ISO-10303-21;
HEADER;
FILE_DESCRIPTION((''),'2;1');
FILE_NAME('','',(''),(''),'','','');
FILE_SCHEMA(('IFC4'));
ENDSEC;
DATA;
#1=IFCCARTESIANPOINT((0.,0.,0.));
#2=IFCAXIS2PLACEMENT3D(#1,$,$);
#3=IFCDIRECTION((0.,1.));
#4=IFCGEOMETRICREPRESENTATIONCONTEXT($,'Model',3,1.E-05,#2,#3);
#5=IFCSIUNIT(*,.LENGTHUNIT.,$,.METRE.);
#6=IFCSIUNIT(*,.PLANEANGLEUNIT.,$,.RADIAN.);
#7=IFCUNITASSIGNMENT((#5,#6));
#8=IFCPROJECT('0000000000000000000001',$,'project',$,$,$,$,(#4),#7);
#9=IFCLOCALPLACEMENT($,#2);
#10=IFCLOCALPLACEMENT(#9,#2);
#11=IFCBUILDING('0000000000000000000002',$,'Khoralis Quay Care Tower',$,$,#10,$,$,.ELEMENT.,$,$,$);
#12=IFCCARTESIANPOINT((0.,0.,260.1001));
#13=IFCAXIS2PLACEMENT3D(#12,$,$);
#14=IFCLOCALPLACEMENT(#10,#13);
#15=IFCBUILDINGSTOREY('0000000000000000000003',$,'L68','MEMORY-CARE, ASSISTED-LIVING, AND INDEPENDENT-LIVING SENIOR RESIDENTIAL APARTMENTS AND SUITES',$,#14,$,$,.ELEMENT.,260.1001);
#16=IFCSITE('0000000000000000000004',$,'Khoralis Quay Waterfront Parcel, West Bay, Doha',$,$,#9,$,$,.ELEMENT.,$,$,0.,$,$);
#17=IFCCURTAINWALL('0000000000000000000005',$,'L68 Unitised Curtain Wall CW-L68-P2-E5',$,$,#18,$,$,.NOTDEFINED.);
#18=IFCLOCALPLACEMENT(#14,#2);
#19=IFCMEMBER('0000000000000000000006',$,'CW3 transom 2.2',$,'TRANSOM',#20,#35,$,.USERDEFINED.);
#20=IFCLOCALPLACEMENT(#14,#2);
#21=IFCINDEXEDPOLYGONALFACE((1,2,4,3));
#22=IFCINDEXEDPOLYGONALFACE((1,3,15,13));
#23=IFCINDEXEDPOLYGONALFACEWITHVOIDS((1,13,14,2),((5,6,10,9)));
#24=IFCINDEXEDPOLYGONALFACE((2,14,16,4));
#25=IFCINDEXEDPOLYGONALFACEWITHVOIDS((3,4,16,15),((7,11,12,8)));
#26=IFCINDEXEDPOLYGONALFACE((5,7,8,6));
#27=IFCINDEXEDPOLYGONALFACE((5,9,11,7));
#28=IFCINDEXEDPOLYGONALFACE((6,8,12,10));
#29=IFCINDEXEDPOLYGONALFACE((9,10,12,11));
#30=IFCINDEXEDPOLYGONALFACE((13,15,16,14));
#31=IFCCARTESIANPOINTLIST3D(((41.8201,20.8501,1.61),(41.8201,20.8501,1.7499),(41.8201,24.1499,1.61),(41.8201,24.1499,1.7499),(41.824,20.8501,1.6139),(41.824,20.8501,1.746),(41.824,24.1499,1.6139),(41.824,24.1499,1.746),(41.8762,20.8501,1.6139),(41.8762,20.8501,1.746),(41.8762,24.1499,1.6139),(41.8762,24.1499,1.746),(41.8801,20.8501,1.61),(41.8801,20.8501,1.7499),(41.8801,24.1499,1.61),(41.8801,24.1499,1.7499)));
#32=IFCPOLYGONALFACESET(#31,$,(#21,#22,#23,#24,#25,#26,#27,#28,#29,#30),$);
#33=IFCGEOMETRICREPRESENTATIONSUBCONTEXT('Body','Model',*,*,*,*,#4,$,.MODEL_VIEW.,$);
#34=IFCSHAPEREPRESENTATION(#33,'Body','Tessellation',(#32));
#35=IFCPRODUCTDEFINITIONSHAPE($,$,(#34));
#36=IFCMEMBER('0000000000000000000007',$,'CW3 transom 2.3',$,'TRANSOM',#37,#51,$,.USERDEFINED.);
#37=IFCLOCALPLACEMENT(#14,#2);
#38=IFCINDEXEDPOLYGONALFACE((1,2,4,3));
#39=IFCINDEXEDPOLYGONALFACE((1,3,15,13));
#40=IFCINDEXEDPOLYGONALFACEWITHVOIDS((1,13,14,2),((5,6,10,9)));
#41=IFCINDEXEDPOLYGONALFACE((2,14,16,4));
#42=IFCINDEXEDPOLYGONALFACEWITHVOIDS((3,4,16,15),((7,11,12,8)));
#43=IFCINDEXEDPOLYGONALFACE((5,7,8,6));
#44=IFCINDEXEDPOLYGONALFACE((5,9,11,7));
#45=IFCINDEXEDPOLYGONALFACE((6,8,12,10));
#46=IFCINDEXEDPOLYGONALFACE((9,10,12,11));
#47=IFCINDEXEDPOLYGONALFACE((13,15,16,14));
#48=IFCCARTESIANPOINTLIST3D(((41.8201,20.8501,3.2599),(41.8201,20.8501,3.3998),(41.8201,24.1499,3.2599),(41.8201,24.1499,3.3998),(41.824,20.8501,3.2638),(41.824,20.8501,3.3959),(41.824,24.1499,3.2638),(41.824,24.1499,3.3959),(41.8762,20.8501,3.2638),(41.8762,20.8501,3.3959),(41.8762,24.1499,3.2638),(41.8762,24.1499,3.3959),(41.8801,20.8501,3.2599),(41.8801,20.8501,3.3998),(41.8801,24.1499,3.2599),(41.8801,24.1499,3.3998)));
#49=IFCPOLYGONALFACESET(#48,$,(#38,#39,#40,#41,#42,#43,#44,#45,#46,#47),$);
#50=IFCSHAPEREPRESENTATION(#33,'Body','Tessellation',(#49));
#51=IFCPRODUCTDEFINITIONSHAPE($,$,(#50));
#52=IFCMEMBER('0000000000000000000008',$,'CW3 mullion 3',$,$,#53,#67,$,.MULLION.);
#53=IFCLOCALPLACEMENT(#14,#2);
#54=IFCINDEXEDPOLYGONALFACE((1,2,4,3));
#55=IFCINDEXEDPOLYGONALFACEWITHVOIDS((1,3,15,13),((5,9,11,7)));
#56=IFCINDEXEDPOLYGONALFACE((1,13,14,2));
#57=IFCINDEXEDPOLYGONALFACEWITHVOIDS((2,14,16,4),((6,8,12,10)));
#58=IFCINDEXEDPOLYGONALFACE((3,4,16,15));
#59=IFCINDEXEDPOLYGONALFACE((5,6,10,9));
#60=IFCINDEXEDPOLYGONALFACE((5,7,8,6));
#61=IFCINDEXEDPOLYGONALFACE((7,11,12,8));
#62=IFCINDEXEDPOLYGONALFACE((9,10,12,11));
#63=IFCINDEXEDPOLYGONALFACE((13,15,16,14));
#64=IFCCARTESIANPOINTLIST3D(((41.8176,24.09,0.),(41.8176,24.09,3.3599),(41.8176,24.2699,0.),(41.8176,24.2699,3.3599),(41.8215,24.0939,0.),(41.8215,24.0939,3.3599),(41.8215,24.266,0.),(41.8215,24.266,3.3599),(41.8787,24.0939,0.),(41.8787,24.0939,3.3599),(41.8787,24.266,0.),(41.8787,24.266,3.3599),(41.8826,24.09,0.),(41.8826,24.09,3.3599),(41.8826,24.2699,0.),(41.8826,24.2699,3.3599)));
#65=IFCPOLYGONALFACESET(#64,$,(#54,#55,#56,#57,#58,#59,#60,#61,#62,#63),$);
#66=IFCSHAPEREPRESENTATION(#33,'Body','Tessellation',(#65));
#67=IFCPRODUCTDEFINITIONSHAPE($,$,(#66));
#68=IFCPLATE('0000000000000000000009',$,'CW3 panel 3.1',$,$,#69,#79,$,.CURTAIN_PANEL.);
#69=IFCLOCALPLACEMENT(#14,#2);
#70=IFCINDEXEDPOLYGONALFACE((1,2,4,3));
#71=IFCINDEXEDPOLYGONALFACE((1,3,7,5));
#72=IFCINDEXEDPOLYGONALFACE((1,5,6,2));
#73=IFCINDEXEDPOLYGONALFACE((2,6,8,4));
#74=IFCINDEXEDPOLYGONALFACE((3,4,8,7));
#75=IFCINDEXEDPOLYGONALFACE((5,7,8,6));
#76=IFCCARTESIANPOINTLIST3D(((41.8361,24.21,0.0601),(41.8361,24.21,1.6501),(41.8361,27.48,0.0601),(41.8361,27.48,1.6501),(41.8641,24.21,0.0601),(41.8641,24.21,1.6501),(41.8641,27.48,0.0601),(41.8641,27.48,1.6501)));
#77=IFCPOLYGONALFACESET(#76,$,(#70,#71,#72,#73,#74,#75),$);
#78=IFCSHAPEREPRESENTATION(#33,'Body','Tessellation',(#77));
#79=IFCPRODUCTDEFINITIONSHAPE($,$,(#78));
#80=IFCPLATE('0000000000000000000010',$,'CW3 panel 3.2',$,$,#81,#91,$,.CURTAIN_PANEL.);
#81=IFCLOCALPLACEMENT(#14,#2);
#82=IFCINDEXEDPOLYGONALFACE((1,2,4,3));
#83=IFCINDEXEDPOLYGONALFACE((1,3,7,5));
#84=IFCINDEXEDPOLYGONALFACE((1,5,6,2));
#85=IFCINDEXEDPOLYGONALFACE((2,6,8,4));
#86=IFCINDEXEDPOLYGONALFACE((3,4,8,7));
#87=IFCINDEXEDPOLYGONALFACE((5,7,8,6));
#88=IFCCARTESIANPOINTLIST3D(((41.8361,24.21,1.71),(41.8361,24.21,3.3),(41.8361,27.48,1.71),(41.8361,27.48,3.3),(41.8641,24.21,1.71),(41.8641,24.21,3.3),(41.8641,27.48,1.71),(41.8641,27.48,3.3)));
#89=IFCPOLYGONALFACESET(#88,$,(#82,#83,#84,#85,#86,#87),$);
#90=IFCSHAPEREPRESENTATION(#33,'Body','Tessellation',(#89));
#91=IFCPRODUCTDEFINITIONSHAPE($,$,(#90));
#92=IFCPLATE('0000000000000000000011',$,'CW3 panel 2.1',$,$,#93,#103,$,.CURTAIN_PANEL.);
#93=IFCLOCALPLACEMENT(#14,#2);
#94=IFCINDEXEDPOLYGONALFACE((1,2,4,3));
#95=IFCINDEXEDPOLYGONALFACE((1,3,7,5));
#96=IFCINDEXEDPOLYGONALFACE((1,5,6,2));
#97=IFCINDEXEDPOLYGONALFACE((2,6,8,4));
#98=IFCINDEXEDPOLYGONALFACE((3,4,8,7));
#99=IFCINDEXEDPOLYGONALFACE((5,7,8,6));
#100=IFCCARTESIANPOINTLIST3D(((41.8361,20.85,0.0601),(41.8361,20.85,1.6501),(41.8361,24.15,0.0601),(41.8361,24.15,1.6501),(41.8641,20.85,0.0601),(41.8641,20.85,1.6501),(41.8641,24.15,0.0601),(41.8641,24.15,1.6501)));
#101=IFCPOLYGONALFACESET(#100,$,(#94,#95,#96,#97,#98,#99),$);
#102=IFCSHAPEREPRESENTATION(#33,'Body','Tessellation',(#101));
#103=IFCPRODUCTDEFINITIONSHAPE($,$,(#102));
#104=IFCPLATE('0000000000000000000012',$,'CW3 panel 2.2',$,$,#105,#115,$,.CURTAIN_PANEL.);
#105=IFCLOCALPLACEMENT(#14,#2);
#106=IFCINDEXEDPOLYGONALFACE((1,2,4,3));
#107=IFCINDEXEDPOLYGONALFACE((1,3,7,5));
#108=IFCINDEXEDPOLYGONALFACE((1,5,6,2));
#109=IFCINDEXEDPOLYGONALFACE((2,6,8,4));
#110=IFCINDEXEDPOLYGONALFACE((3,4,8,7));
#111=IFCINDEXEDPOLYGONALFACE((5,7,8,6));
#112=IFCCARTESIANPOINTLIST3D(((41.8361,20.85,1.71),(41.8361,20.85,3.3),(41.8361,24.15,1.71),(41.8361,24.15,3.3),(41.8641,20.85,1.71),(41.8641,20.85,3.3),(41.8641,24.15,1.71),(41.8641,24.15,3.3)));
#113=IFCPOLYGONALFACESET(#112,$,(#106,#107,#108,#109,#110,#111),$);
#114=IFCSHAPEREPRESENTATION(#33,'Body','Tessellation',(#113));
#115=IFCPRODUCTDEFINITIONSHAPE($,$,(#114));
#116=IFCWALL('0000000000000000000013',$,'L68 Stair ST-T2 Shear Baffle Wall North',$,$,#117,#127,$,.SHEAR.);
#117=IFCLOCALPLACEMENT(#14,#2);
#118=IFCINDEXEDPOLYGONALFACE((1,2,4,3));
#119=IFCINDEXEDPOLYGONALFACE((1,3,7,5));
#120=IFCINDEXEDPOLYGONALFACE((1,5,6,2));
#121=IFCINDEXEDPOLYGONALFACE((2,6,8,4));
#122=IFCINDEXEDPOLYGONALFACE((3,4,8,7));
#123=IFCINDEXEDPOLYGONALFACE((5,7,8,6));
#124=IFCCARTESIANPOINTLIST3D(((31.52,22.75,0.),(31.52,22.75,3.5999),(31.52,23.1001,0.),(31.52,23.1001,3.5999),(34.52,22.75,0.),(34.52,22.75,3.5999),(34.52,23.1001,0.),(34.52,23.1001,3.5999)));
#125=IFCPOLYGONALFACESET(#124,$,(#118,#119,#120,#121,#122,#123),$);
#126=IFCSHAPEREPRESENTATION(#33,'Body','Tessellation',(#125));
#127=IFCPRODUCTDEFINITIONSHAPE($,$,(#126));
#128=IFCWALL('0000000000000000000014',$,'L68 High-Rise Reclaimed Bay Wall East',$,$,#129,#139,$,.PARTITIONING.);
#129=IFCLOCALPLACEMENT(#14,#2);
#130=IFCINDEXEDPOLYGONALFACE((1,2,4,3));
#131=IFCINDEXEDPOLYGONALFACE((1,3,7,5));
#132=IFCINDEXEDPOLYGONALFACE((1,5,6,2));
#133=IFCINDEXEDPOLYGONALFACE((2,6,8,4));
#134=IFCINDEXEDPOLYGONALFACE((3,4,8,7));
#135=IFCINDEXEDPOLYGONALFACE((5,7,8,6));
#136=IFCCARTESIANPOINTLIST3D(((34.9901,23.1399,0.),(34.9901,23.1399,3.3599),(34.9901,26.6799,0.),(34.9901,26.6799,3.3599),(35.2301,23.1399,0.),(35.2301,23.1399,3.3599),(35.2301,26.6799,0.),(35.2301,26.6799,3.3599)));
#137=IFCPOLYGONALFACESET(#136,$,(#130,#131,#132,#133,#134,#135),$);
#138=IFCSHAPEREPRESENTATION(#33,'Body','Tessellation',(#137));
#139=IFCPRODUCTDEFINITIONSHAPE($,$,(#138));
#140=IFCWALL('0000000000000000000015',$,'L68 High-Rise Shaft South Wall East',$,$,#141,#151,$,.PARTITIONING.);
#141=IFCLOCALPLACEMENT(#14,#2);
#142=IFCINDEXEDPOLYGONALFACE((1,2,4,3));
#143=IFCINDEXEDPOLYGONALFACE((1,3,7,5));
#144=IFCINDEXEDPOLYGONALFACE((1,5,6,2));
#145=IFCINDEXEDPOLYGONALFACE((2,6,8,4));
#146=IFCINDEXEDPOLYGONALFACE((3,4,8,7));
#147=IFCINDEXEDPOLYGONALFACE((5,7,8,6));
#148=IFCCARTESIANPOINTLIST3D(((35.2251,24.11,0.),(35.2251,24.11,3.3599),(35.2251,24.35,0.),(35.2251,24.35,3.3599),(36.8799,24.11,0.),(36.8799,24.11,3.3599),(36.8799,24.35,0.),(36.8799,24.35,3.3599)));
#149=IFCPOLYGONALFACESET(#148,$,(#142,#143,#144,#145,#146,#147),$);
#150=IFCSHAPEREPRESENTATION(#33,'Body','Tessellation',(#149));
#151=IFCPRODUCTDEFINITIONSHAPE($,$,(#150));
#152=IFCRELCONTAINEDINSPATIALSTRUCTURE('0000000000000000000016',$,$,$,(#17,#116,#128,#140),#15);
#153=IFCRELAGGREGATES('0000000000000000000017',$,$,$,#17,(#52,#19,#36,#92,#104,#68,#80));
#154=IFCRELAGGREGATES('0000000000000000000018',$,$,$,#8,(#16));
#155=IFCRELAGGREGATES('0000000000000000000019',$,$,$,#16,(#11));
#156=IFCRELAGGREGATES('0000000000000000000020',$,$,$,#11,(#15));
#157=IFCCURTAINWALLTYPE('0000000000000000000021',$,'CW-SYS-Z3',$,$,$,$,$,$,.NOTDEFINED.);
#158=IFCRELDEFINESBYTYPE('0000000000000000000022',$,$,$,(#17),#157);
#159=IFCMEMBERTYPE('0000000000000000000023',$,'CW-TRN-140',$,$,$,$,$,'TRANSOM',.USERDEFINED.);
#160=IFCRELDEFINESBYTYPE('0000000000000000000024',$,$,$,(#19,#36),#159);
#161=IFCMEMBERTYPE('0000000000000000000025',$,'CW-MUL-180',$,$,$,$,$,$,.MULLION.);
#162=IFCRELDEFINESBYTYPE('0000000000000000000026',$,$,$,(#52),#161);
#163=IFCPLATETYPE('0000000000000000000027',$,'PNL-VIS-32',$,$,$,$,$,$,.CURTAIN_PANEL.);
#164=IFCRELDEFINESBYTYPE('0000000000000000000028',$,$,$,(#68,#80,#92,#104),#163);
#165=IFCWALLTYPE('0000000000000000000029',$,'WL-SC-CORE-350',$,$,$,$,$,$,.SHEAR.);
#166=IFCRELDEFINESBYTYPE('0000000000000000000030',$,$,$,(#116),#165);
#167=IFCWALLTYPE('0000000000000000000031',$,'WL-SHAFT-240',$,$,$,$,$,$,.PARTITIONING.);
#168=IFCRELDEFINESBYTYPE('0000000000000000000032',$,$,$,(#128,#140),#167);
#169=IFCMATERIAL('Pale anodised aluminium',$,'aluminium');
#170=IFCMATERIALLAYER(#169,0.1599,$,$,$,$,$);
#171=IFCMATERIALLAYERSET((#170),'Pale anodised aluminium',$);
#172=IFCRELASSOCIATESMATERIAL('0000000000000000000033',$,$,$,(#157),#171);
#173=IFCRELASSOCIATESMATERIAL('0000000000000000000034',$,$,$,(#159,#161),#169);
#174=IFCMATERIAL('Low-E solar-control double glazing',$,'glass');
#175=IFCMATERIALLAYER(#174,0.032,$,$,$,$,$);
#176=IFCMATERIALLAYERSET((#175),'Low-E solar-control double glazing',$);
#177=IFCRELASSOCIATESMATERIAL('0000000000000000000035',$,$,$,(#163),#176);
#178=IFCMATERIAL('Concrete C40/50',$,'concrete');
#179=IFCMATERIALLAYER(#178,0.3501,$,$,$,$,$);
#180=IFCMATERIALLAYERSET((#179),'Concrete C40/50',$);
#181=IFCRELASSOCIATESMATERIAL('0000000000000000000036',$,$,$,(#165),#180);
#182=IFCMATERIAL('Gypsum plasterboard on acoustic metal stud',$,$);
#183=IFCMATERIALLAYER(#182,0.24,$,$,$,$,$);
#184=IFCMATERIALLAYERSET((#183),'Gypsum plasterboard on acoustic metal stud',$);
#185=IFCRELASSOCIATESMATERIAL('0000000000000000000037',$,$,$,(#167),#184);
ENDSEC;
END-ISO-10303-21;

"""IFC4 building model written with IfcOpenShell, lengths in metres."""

from ifc_helpers import new_model, si_unit, direction, frame, frame_2d, origin, origin_2d, place, context, subcontext, project, spatial, rectangle, hollow_rectangle, extrude, source, transform, mapped, material, layer, layer_set, material_profile, profile_set, type_object, element, aggregate, save


model = new_model("IFC4")

# Units and contexts
model_context = context("Model", 3, precision=1e-05, world=origin(), true_north=direction((0.0, 1.0)))
body_context = subcontext(model_context, "Body", "Model", "MODEL_VIEW")
ifc_project = project(units=[si_unit("LENGTHUNIT", "METRE"), si_unit("PLANEANGLEUNIT", "RADIAN")], contexts=[model_context])

# Site, building, storey
site_placement = place(None, origin())
site = spatial("IfcSite", under=ifc_project, at=site_placement, Name="Khoralis Quay Waterfront Parcel, West Bay, Doha", CompositionType="ELEMENT", RefElevation=0.0)
building_placement = place(site_placement, origin())
building = spatial("IfcBuilding", under=site, at=building_placement, Name="Khoralis Quay Care Tower", CompositionType="ELEMENT")
storey_placement = place(building_placement, frame((0.0, 0.0, 260.1001)))
storey = spatial("IfcBuildingStorey", under=building, at=storey_placement, Name="L68", Description="MEMORY-CARE, ASSISTED-LIVING, AND INDEPENDENT-LIVING SENIOR RESIDENTIAL APARTMENTS AND SUITES", CompositionType="ELEMENT", Elevation=260.1001)

# Curtain wall, members, plates
ifc_material_1 = material(Name="Pale anodised aluminium", Category="aluminium")
ifc_layer_1 = layer(ifc_material_1, 0.1599)
ifc_layer_set_1 = layer_set([ifc_layer_1], Name="Pale anodised aluminium")
curtain_wall_type = type_object("IfcCurtainWallType", Name="CW-SYS-Z3", PredefinedType="NOTDEFINED", material=ifc_layer_set_1)
curtain_wall_placement = place(storey_placement, origin())
curtain_wall = element("IfcCurtainWall", 1, at=curtain_wall_placement, inside=storey, type_object=curtain_wall_type, Name="L68 Unitised Curtain Wall CW-L68-P2-E5", PredefinedType="NOTDEFINED")
ifc_material_profile_1 = material_profile(ifc_material_1, hollow_rectangle(XDim=0.0601, YDim=0.1399, WallThickness=0.0039, at=origin_2d()), Name="Pale anodised aluminium")
ifc_profile_set_1 = profile_set([ifc_material_profile_1], Name="Pale anodised aluminium")
member_type_1 = type_object("IfcMemberType", Name="CW-TRN-140", ElementType="TRANSOM", PredefinedType="USERDEFINED", material=ifc_profile_set_1)
shared_shape_1 = source(origin(), body_context, "Body", "SweptSolid", [
    extrude(hollow_rectangle(XDim=0.0601, YDim=0.1399, WallThickness=0.0039, at=origin_2d()), origin(), (0.0, 0.0, 1.0), 3.2998),
])
member_1_placement = place(storey_placement, frame((41.8501, 20.8501, 1.6799), z_axis=(0.0, 1.0, 0.0), x_axis=(-1.0, 0.0, 0.0)))
member_1 = element("IfcMember", 2, at=member_1_placement, type_object=member_type_1, Name="CW3 transom 2.2", ObjectType="TRANSOM", PredefinedType="USERDEFINED", context=body_context, shape_type="MappedRepresentation", body=[
    mapped(shared_shape_1, transform((0.0, 0.0, 0.0), scale=1.0)),
])
member_2_placement = place(storey_placement, frame((41.8501, 20.8501, 3.3298), z_axis=(0.0, 1.0, 0.0), x_axis=(-1.0, 0.0, 0.0)))
member_2 = element("IfcMember", 3, at=member_2_placement, type_object=member_type_1, Name="CW3 transom 2.3", ObjectType="TRANSOM", PredefinedType="USERDEFINED", context=body_context, shape_type="MappedRepresentation", body=[
    mapped(shared_shape_1, transform((0.0, 0.0, 0.0), scale=1.0)),
])
ifc_material_profile_2 = material_profile(ifc_material_1, hollow_rectangle(XDim=0.0649, YDim=0.1799, WallThickness=0.0039, at=origin_2d()), Name="Pale anodised aluminium")
ifc_profile_set_2 = profile_set([ifc_material_profile_2], Name="Pale anodised aluminium")
member_type_2 = type_object("IfcMemberType", Name="CW-MUL-180", PredefinedType="MULLION", material=ifc_profile_set_2)
shared_shape_2 = source(origin(), body_context, "Body", "SweptSolid", [
    extrude(hollow_rectangle(XDim=0.0649, YDim=0.1799, WallThickness=0.0039, at=origin_2d()), origin(), (0.0, 0.0, 1.0), 3.3599),
])
member_3_placement = place(storey_placement, frame((41.8501, 24.1799, 0.0), z_axis=(0.0, 0.0, 1.0), x_axis=(-1.0, 0.0, 0.0)))
member_3 = element("IfcMember", 4, at=member_3_placement, type_object=member_type_2, Name="CW3 mullion 3", PredefinedType="MULLION", context=body_context, shape_type="MappedRepresentation", body=[
    mapped(shared_shape_2, transform((0.0, 0.0, 0.0), scale=1.0)),
])
ifc_material_2 = material(Name="Low-E solar-control double glazing", Category="glass")
ifc_layer_2 = layer(ifc_material_2, 0.032)
ifc_layer_set_2 = layer_set([ifc_layer_2], Name="Low-E solar-control double glazing")
plate_type = type_object("IfcPlateType", Name="PNL-VIS-32", PredefinedType="CURTAIN_PANEL", material=ifc_layer_set_2)
shared_shape_3 = source(origin(), body_context, "Body", "SweptSolid", [
    extrude(rectangle(XDim=3.27, YDim=0.0281, at=origin_2d()), origin(), (0.0, 0.0, 1.0), 1.5901),
])
plate_1_placement = place(storey_placement, frame((41.8501, 25.845, 0.0601), z_axis=(0.0, 0.0, 1.0), x_axis=(0.0, 1.0, 0.0)))
plate_1 = element("IfcPlate", 5, at=plate_1_placement, type_object=plate_type, Name="CW3 panel 3.1", PredefinedType="CURTAIN_PANEL", context=body_context, shape_type="MappedRepresentation", body=[
    mapped(shared_shape_3, transform((0.0, 0.0, 0.0), scale=1.0)),
])
plate_2_placement = place(storey_placement, frame((41.8501, 25.845, 1.71), z_axis=(0.0, 0.0, 1.0), x_axis=(0.0, 1.0, 0.0)))
plate_2 = element("IfcPlate", 6, at=plate_2_placement, type_object=plate_type, Name="CW3 panel 3.2", PredefinedType="CURTAIN_PANEL", context=body_context, shape_type="MappedRepresentation", body=[
    mapped(shared_shape_3, transform((0.0, 0.0, 0.0), scale=1.0)),
])
shared_shape_4 = source(origin(), body_context, "Body", "SweptSolid", [
    extrude(rectangle(XDim=3.3, YDim=0.0281, at=origin_2d()), origin(), (0.0, 0.0, 1.0), 1.5901),
])
plate_3_placement = place(storey_placement, frame((41.8501, 22.5, 0.0601), z_axis=(0.0, 0.0, 1.0), x_axis=(0.0, 1.0, 0.0)))
plate_3 = element("IfcPlate", 7, at=plate_3_placement, type_object=plate_type, Name="CW3 panel 2.1", PredefinedType="CURTAIN_PANEL", context=body_context, shape_type="MappedRepresentation", body=[
    mapped(shared_shape_4, transform((0.0, 0.0, 0.0), scale=1.0)),
])
plate_4_placement = place(storey_placement, frame((41.8501, 22.5, 1.71), z_axis=(0.0, 0.0, 1.0), x_axis=(0.0, 1.0, 0.0)))
plate_4 = element("IfcPlate", 8, at=plate_4_placement, type_object=plate_type, Name="CW3 panel 2.2", PredefinedType="CURTAIN_PANEL", context=body_context, shape_type="MappedRepresentation", body=[
    mapped(shared_shape_4, transform((0.0, 0.0, 0.0), scale=1.0)),
])
aggregate(curtain_wall, [member_3, member_1, member_2, plate_3, plate_4, plate_1, plate_2])

# Walls
ifc_material_3 = material(Name="Concrete C40/50", Category="concrete")
ifc_layer_3 = layer(ifc_material_3, 0.3501)
ifc_layer_set_3 = layer_set([ifc_layer_3], Name="Concrete C40/50")
wall_type_1 = type_object("IfcWallType", Name="WL-SC-CORE-350", PredefinedType="SHEAR", material=ifc_layer_set_3)
wall_1_placement = place(storey_placement, frame((31.52, 22.925, 0.0), z_axis=(0.0, 0.0, 1.0), x_axis=(1.0, 0.0, 0.0)))
element("IfcWall", 9, at=wall_1_placement, inside=storey, type_object=wall_type_1, Name="L68 Stair ST-T2 Shear Baffle Wall North", PredefinedType="SHEAR", context=body_context, shape_type="SweptSolid", body=[
    extrude(rectangle(XDim=3.0, YDim=0.3501, at=frame_2d((1.5, 0.0))), origin(), (0.0, 0.0, 1.0), 3.5999),
])
ifc_material_4 = material(Name="Gypsum plasterboard on acoustic metal stud")
ifc_layer_4 = layer(ifc_material_4, 0.24)
ifc_layer_set_4 = layer_set([ifc_layer_4], Name="Gypsum plasterboard on acoustic metal stud")
wall_type_2 = type_object("IfcWallType", Name="WL-SHAFT-240", PredefinedType="PARTITIONING", material=ifc_layer_set_4)
wall_2_placement = place(storey_placement, frame((35.1101, 23.1399, 0.0), z_axis=(0.0, 0.0, 1.0), x_axis=(0.0, 1.0, 0.0)))
element("IfcWall", 10, at=wall_2_placement, inside=storey, type_object=wall_type_2, Name="L68 High-Rise Reclaimed Bay Wall East", PredefinedType="PARTITIONING", context=body_context, shape_type="SweptSolid", body=[
    extrude(rectangle(XDim=3.54, YDim=0.24, at=frame_2d((1.77, 0.0))), origin(), (0.0, 0.0, 1.0), 3.3599),
])
wall_3_placement = place(storey_placement, frame((35.2251, 24.23, 0.0), z_axis=(0.0, 0.0, 1.0), x_axis=(1.0, 0.0, 0.0)))
element("IfcWall", 11, at=wall_3_placement, inside=storey, type_object=wall_type_2, Name="L68 High-Rise Shaft South Wall East", PredefinedType="PARTITIONING", context=body_context, shape_type="SweptSolid", body=[
    extrude(rectangle(XDim=1.6548, YDim=0.24, at=frame_2d((0.8274, 0.0))), origin(), (0.0, 0.0, 1.0), 3.3599),
])

save(model, "model.ifc")
